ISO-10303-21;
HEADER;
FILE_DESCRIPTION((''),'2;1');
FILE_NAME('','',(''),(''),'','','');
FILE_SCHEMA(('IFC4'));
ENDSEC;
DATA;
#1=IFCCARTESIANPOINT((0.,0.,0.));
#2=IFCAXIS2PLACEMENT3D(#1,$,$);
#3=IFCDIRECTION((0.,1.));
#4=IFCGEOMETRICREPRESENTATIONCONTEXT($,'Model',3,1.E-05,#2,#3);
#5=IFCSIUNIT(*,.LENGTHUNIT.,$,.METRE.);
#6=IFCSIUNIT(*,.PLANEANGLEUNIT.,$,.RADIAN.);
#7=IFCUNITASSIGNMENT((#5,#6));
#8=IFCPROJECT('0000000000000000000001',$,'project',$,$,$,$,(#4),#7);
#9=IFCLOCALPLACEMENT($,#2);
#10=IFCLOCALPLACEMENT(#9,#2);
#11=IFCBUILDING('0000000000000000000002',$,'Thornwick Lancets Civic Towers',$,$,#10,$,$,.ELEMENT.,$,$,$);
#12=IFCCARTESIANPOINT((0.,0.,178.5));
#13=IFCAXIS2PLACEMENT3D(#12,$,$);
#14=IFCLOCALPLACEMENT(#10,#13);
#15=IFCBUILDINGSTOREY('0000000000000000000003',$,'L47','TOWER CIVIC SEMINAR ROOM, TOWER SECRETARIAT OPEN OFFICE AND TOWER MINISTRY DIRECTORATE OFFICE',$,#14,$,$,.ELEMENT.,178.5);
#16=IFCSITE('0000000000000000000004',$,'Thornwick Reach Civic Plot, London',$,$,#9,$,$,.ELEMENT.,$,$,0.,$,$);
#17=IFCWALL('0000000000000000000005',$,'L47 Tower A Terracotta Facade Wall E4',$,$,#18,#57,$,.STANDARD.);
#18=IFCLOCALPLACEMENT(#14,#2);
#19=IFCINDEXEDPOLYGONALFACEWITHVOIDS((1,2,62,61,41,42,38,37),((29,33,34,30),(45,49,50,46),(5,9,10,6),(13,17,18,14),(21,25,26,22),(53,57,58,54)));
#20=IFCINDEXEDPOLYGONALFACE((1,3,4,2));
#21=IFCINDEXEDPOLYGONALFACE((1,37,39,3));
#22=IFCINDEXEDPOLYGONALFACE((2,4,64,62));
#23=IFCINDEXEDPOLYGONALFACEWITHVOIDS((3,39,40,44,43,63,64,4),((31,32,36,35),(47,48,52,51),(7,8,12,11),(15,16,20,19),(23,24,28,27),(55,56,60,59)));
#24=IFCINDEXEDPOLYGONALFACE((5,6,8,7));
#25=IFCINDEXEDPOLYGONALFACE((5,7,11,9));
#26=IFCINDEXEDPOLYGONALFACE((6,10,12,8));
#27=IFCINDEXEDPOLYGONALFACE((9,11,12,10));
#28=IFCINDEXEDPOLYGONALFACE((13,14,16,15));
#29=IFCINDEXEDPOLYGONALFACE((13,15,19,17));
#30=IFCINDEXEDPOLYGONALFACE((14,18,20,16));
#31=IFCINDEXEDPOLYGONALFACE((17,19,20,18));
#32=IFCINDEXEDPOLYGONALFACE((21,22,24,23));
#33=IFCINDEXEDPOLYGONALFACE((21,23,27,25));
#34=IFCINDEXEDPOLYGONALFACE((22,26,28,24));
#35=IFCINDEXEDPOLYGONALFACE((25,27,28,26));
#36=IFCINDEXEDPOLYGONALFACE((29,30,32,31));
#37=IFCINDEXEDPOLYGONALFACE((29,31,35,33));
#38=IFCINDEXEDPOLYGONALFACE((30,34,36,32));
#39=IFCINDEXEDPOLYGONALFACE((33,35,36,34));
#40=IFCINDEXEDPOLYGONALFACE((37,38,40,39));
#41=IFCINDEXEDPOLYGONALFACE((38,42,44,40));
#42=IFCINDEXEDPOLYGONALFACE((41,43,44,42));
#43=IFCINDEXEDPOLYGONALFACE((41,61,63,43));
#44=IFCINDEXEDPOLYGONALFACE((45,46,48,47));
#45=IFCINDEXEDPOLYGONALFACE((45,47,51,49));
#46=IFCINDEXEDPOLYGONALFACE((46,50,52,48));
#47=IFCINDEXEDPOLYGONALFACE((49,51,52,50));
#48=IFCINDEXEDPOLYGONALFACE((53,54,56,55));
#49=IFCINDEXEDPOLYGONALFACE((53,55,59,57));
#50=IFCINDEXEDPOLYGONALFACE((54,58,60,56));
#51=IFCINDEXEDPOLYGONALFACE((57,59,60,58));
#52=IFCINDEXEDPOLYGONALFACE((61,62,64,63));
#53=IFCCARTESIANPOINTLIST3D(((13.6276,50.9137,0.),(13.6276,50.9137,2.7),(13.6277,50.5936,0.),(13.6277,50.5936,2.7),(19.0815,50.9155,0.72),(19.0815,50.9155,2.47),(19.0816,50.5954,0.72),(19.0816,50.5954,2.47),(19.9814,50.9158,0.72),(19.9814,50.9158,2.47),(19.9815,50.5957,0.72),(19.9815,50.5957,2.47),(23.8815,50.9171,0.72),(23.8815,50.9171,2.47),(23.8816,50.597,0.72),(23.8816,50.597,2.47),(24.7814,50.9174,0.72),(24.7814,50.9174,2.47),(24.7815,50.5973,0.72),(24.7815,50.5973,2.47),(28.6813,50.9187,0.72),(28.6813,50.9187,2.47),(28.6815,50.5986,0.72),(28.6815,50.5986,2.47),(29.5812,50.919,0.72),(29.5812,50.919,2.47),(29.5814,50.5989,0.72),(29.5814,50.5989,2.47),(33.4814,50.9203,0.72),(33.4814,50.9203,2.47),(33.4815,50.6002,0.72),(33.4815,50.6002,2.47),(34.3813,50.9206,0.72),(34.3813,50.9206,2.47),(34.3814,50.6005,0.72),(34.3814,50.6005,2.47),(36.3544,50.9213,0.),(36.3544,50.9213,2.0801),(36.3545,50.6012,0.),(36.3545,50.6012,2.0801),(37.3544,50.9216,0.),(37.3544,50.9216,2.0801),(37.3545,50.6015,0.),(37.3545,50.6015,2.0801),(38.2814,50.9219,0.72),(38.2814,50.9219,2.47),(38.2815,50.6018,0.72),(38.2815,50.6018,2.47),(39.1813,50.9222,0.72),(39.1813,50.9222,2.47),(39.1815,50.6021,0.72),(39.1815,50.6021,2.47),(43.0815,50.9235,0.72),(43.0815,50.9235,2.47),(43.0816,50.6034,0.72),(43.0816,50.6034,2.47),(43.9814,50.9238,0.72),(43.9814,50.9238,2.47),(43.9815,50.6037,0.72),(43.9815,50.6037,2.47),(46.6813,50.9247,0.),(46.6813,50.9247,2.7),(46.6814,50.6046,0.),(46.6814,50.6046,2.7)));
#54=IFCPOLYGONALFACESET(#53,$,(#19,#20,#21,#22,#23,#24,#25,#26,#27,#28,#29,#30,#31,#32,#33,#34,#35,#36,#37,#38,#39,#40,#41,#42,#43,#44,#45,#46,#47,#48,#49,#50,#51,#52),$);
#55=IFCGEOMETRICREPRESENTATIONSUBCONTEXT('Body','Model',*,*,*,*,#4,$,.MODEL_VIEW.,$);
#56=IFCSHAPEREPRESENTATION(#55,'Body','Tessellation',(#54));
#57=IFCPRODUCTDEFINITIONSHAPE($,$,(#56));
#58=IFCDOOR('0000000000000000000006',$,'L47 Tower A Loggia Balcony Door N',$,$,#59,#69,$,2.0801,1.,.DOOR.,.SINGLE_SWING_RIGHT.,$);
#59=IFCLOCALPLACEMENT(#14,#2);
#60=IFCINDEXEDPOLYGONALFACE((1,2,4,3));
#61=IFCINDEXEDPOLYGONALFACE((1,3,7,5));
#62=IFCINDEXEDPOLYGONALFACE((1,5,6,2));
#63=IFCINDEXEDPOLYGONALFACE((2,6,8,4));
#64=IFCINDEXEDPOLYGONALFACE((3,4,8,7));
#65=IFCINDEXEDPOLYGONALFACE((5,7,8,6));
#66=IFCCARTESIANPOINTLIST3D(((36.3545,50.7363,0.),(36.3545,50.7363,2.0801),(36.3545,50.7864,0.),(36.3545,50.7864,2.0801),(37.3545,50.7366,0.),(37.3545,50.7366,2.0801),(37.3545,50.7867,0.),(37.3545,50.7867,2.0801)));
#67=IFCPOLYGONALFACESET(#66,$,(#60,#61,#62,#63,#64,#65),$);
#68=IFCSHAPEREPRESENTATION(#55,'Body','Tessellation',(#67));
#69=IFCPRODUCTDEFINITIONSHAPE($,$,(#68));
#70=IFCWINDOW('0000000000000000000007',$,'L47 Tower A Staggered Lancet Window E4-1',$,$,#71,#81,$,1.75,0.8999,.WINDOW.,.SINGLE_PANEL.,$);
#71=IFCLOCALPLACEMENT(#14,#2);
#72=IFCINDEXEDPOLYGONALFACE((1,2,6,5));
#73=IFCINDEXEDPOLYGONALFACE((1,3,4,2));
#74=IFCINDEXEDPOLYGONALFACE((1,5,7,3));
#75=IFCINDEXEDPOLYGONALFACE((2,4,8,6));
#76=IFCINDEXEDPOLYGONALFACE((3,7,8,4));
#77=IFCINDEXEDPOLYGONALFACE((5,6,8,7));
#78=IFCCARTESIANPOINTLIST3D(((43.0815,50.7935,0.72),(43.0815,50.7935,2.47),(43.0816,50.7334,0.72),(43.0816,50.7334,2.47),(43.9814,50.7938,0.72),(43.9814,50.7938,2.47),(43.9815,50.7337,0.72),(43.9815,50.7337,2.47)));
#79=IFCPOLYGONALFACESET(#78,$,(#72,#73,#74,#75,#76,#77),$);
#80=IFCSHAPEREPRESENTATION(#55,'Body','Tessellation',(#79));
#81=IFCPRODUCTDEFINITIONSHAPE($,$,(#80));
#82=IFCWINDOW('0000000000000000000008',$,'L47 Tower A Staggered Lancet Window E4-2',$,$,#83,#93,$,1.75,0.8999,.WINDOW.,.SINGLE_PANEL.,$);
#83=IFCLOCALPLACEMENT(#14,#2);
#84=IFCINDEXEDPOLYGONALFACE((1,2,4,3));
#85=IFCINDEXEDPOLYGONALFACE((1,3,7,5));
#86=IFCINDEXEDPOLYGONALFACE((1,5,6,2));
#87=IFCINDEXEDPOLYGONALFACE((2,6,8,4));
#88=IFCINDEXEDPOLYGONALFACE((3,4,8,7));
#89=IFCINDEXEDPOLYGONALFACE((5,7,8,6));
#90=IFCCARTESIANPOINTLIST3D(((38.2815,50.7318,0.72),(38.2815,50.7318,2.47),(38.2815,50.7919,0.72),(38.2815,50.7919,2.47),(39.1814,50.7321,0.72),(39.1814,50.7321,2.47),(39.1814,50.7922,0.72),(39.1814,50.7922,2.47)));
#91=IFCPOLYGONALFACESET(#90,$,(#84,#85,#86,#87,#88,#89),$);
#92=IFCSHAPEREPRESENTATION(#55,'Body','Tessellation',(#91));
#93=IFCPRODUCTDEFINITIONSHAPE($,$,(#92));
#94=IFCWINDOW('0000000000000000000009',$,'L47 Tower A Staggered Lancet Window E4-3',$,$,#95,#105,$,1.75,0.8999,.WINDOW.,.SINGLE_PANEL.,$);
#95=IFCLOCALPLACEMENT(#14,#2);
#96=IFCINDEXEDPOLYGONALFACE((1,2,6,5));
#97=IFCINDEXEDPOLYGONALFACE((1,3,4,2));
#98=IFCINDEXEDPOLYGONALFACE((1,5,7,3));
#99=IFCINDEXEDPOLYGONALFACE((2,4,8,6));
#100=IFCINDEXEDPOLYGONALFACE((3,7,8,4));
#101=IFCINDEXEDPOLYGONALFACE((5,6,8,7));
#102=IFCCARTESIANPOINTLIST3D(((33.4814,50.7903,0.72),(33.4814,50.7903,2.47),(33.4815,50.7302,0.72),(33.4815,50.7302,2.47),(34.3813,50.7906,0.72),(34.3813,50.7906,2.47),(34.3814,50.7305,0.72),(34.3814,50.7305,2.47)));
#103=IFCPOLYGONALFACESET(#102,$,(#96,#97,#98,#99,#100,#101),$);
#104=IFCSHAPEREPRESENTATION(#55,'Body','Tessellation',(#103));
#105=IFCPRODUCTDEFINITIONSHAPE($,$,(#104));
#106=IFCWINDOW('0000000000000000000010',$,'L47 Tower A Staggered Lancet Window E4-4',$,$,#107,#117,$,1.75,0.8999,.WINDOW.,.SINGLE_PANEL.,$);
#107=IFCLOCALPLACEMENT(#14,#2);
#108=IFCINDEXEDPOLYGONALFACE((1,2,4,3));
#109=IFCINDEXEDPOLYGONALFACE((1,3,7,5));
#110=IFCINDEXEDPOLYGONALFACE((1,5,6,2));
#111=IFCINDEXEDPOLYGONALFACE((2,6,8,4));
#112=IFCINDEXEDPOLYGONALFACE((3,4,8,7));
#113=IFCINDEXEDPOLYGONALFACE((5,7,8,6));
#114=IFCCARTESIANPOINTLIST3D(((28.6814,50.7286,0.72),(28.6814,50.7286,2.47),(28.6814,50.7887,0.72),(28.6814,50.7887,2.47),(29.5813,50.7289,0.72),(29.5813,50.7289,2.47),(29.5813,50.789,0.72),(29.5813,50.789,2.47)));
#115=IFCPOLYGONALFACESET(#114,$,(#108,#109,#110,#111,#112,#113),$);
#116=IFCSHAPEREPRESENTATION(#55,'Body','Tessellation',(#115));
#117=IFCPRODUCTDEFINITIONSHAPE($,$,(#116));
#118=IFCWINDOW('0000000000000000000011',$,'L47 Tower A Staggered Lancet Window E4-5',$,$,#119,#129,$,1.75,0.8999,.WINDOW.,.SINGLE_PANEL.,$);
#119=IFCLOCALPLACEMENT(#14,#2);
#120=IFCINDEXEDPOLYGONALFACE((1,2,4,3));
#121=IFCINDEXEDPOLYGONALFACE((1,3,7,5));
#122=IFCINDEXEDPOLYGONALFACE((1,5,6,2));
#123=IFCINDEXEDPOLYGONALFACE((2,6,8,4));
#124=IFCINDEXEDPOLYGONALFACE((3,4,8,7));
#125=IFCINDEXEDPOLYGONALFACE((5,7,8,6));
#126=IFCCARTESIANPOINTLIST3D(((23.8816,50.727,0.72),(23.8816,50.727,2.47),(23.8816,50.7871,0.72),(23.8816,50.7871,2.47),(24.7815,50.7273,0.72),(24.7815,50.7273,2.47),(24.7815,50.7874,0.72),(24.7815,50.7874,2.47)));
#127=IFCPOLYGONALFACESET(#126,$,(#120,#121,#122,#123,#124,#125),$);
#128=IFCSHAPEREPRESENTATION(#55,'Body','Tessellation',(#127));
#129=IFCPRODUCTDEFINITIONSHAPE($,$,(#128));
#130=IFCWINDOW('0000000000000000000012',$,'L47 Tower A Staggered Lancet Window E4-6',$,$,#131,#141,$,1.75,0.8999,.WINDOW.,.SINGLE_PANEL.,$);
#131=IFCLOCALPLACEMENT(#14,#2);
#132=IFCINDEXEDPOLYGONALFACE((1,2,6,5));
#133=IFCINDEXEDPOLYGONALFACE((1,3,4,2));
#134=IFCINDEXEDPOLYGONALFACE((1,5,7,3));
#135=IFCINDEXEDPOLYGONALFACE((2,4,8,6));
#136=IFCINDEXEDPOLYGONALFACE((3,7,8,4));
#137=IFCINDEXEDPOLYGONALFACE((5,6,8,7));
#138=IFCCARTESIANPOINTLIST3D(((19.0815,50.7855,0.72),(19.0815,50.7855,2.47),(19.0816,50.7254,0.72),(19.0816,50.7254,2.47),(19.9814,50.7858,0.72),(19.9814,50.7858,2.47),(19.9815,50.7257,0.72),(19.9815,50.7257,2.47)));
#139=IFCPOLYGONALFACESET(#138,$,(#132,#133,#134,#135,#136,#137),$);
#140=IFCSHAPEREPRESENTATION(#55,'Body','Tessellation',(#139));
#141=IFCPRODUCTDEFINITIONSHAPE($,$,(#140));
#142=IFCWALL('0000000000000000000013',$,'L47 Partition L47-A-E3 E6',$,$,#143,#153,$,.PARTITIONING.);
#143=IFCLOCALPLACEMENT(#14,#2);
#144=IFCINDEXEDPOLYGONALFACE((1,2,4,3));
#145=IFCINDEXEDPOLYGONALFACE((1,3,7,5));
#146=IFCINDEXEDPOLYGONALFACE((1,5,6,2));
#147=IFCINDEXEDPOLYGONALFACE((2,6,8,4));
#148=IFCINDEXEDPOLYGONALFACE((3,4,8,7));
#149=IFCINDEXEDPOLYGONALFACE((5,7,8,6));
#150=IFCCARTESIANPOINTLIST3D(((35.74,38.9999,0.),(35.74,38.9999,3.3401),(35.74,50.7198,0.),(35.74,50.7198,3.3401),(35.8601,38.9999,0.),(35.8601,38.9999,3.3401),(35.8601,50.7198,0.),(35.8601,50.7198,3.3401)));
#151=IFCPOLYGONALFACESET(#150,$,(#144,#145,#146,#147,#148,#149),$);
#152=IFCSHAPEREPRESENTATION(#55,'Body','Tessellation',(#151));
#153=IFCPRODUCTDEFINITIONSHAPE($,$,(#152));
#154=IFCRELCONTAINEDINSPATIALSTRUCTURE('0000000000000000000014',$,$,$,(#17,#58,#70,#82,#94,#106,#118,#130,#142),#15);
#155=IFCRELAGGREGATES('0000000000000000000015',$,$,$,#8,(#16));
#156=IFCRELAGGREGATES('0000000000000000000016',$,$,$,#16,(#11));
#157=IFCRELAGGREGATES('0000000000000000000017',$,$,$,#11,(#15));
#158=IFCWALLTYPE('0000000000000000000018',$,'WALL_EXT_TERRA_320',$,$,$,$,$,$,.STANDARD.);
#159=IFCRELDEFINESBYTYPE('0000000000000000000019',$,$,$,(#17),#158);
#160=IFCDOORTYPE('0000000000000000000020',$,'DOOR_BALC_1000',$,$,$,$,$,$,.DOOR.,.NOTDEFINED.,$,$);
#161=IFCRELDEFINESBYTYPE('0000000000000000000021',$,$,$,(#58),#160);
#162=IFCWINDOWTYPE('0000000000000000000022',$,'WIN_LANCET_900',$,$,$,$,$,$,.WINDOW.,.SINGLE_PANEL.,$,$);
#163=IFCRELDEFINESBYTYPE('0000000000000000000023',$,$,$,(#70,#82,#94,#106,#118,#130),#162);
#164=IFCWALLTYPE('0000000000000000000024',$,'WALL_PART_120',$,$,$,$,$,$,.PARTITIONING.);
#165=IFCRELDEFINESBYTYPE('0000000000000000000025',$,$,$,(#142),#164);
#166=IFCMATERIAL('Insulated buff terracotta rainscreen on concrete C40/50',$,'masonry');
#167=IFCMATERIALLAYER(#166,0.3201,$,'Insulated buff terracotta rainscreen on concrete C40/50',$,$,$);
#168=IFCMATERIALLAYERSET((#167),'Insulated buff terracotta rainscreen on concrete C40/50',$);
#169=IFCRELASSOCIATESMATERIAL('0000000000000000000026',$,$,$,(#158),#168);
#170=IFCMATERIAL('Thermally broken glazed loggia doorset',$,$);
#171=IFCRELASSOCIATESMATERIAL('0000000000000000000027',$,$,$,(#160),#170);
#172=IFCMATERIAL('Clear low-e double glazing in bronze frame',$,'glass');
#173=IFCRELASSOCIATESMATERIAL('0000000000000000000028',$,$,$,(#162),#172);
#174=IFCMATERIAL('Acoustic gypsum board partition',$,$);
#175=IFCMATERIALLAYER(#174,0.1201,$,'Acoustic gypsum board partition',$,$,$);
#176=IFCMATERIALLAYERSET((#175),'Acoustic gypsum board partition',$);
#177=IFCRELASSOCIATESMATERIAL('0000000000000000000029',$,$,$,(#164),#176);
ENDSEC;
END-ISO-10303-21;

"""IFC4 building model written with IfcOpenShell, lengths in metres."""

from ifc_helpers import new_model, si_unit, direction, frame, frame_2d, origin, place, context, subcontext, project, spatial, rectangle, extrude, material, layer, layer_set, type_object, element, fill, save


model = new_model("IFC4")

# Units and contexts
model_context = context("Model", 3, precision=1e-05, world=origin(), true_north=direction((0.0, 1.0)))
body_context = subcontext(model_context, "Body", "Model", "MODEL_VIEW")
ifc_project = project(units=[si_unit("LENGTHUNIT", "METRE"), si_unit("PLANEANGLEUNIT", "RADIAN")], contexts=[model_context])

# Site, building, storey
site_placement = place(None, origin())
site = spatial("IfcSite", under=ifc_project, at=site_placement, Name="Thornwick Reach Civic Plot, London", CompositionType="ELEMENT", RefElevation=0.0)
building_placement = place(site_placement, origin())
building = spatial("IfcBuilding", under=site, at=building_placement, Name="Thornwick Lancets Civic Towers", CompositionType="ELEMENT")
storey_placement = place(building_placement, frame((0.0, 0.0, 178.5)))
storey = spatial("IfcBuildingStorey", under=building, at=storey_placement, Name="L47", Description="TOWER CIVIC SEMINAR ROOM, TOWER SECRETARIAT OPEN OFFICE AND TOWER MINISTRY DIRECTORATE OFFICE", CompositionType="ELEMENT", Elevation=178.5)

# Wall, openings, door, windows
ifc_material_1 = material(Name="Insulated buff terracotta rainscreen on concrete C40/50", Category="masonry")
ifc_layer_1 = layer(ifc_material_1, 0.3201, Name="Insulated buff terracotta rainscreen on concrete C40/50")
ifc_layer_set_1 = layer_set([ifc_layer_1], Name="Insulated buff terracotta rainscreen on concrete C40/50")
wall_type_1 = type_object("IfcWallType", Name="WALL_EXT_TERRA_320", PredefinedType="STANDARD", material=ifc_layer_set_1)
wall_1_placement = place(storey_placement, frame((46.6814, 50.7646, 0.0), z_axis=(0.0, 0.0, 1.0), x_axis=(-1.0, -0.000332, 0.0)))
wall_1 = element("IfcWall", 1, at=wall_1_placement, inside=storey, type_object=wall_type_1, Name="L47 Tower A Terracotta Facade Wall E4", PredefinedType="STANDARD", context=body_context, shape_type="SweptSolid", body=[
    extrude(rectangle(XDim=33.0537, YDim=0.3201, at=frame_2d((16.5269, 0.0))), origin(), (0.0, 0.0, 1.0), 2.7),
])
opening_1_placement = place(wall_1_placement, frame((9.3269, 0.0, 0.0)))
opening_1 = element("IfcOpeningElement", 2, at=opening_1_placement, cuts=wall_1, PredefinedType="OPENING", context=body_context, shape_type="SweptSolid", body=[
    extrude(rectangle(XDim=1.0, YDim=2.0801, at=frame_2d((0.5, 1.04))), frame((0.0, 0.1699, 0.0), z_axis=(0.0, -1.0, 0.0), x_axis=(1.0, 0.0, 0.0)), (0.0, 0.0, 1.0), 0.3401),
])
opening_2_placement = place(wall_1_placement, frame((2.7, 0.0, 0.72)))
opening_2 = element("IfcOpeningElement", 3, at=opening_2_placement, cuts=wall_1, PredefinedType="OPENING", context=body_context, shape_type="SweptSolid", body=[
    extrude(rectangle(XDim=0.8999, YDim=1.75, at=frame_2d((0.45, 0.875))), frame((0.0, 0.1699, 0.0), z_axis=(0.0, -1.0, 0.0), x_axis=(1.0, 0.0, 0.0)), (0.0, 0.0, 1.0), 0.3401),
])
opening_3_placement = place(wall_1_placement, frame((7.5, 0.0, 0.72)))
opening_3 = element("IfcOpeningElement", 4, at=opening_3_placement, cuts=wall_1, PredefinedType="OPENING", context=body_context, shape_type="SweptSolid", body=[
    extrude(rectangle(XDim=0.8999, YDim=1.75, at=frame_2d((0.45, 0.875))), frame((0.0, 0.1699, 0.0), z_axis=(0.0, -1.0, 0.0), x_axis=(1.0, 0.0, 0.0)), (0.0, 0.0, 1.0), 0.3401),
])
opening_4_placement = place(wall_1_placement, frame((12.3, 0.0, 0.72)))
opening_4 = element("IfcOpeningElement", 5, at=opening_4_placement, cuts=wall_1, PredefinedType="OPENING", context=body_context, shape_type="SweptSolid", body=[
    extrude(rectangle(XDim=0.8999, YDim=1.75, at=frame_2d((0.45, 0.875))), frame((0.0, 0.1699, 0.0), z_axis=(0.0, -1.0, 0.0), x_axis=(1.0, 0.0, 0.0)), (0.0, 0.0, 1.0), 0.3401),
])
opening_5_placement = place(wall_1_placement, frame((17.1001, 0.0, 0.72)))
opening_5 = element("IfcOpeningElement", 6, at=opening_5_placement, cuts=wall_1, PredefinedType="OPENING", context=body_context, shape_type="SweptSolid", body=[
    extrude(rectangle(XDim=0.8999, YDim=1.75, at=frame_2d((0.45, 0.875))), frame((0.0, 0.1699, 0.0), z_axis=(0.0, -1.0, 0.0), x_axis=(1.0, 0.0, 0.0)), (0.0, 0.0, 1.0), 0.3401),
])
opening_6_placement = place(wall_1_placement, frame((21.8999, 0.0, 0.72)))
opening_6 = element("IfcOpeningElement", 7, at=opening_6_placement, cuts=wall_1, PredefinedType="OPENING", context=body_context, shape_type="SweptSolid", body=[
    extrude(rectangle(XDim=0.8999, YDim=1.75, at=frame_2d((0.45, 0.875))), frame((0.0, 0.1699, 0.0), z_axis=(0.0, -1.0, 0.0), x_axis=(1.0, 0.0, 0.0)), (0.0, 0.0, 1.0), 0.3401),
])
opening_7_placement = place(wall_1_placement, frame((26.7, 0.0, 0.72)))
opening_7 = element("IfcOpeningElement", 8, at=opening_7_placement, cuts=wall_1, PredefinedType="OPENING", context=body_context, shape_type="SweptSolid", body=[
    extrude(rectangle(XDim=0.8999, YDim=1.75, at=frame_2d((0.45, 0.875))), frame((0.0, 0.1699, 0.0), z_axis=(0.0, -1.0, 0.0), x_axis=(1.0, 0.0, 0.0)), (0.0, 0.0, 1.0), 0.3401),
])
ifc_material_2 = material(Name="Thermally broken glazed loggia doorset")
door_type_1 = type_object("IfcDoorType", Name="DOOR_BALC_1000", OperationType="NOTDEFINED", PredefinedType="DOOR", material=ifc_material_2)
door_1_placement = place(opening_1_placement, origin())
door_1 = element("IfcDoor", 9, at=door_1_placement, inside=storey, type_object=door_type_1, Name="L47 Tower A Loggia Balcony Door N", OperationType="SINGLE_SWING_RIGHT", OverallHeight=2.0801, OverallWidth=1.0, PredefinedType="DOOR", context=body_context, shape_type="SweptSolid", body=[
    extrude(rectangle(XDim=1.0, YDim=2.0801, at=frame_2d((0.5, 1.04))), frame((0.0, 0.0249, 0.0), z_axis=(0.0, -1.0, 0.0), x_axis=(1.0, 0.0, 0.0)), (0.0, 0.0, 1.0), 0.05),
])
fill(opening_1, door_1)
ifc_material_3 = material(Name="Clear low-e double glazing in bronze frame", Category="glass")
window_type = type_object("IfcWindowType", Name="WIN_LANCET_900", PartitioningType="SINGLE_PANEL", PredefinedType="WINDOW", material=ifc_material_3)
window_1_placement = place(opening_2_placement, origin())
window_1 = element("IfcWindow", 10, at=window_1_placement, inside=storey, type_object=window_type, Name="L47 Tower A Staggered Lancet Window E4-1", OverallHeight=1.75, OverallWidth=0.8999, PartitioningType="SINGLE_PANEL", PredefinedType="WINDOW", context=body_context, shape_type="SweptSolid", body=[
    extrude(rectangle(XDim=0.8999, YDim=1.75, at=frame_2d((0.45, 0.875))), frame((0.0, 0.03, 0.0), z_axis=(0.0, -1.0, 0.0), x_axis=(1.0, 0.0, 0.0)), (0.0, 0.0, 1.0), 0.0601),
])
fill(opening_2, window_1)
window_2_placement = place(opening_3_placement, origin())
window_2 = element("IfcWindow", 11, at=window_2_placement, inside=storey, type_object=window_type, Name="L47 Tower A Staggered Lancet Window E4-2", OverallHeight=1.75, OverallWidth=0.8999, PartitioningType="SINGLE_PANEL", PredefinedType="WINDOW", context=body_context, shape_type="SweptSolid", body=[
    extrude(rectangle(XDim=0.8999, YDim=1.75, at=frame_2d((0.45, 0.875))), frame((0.0, 0.03, 0.0), z_axis=(0.0, -1.0, 0.0), x_axis=(1.0, 0.0, 0.0)), (0.0, 0.0, 1.0), 0.0601),
])
fill(opening_3, window_2)
window_3_placement = place(opening_4_placement, origin())
window_3 = element("IfcWindow", 12, at=window_3_placement, inside=storey, type_object=window_type, Name="L47 Tower A Staggered Lancet Window E4-3", OverallHeight=1.75, OverallWidth=0.8999, PartitioningType="SINGLE_PANEL", PredefinedType="WINDOW", context=body_context, shape_type="SweptSolid", body=[
    extrude(rectangle(XDim=0.8999, YDim=1.75, at=frame_2d((0.45, 0.875))), frame((0.0, 0.03, 0.0), z_axis=(0.0, -1.0, 0.0), x_axis=(1.0, 0.0, 0.0)), (0.0, 0.0, 1.0), 0.0601),
])
fill(opening_4, window_3)
window_4_placement = place(opening_5_placement, origin())
window_4 = element("IfcWindow", 13, at=window_4_placement, inside=storey, type_object=window_type, Name="L47 Tower A Staggered Lancet Window E4-4", OverallHeight=1.75, OverallWidth=0.8999, PartitioningType="SINGLE_PANEL", PredefinedType="WINDOW", context=body_context, shape_type="SweptSolid", body=[
    extrude(rectangle(XDim=0.8999, YDim=1.75, at=frame_2d((0.45, 0.875))), frame((0.0, 0.03, 0.0), z_axis=(0.0, -1.0, 0.0), x_axis=(1.0, 0.0, 0.0)), (0.0, 0.0, 1.0), 0.0601),
])
fill(opening_5, window_4)
window_5_placement = place(opening_6_placement, origin())
window_5 = element("IfcWindow", 14, at=window_5_placement, inside=storey, type_object=window_type, Name="L47 Tower A Staggered Lancet Window E4-5", OverallHeight=1.75, OverallWidth=0.8999, PartitioningType="SINGLE_PANEL", PredefinedType="WINDOW", context=body_context, shape_type="SweptSolid", body=[
    extrude(rectangle(XDim=0.8999, YDim=1.75, at=frame_2d((0.45, 0.875))), frame((0.0, 0.03, 0.0), z_axis=(0.0, -1.0, 0.0), x_axis=(1.0, 0.0, 0.0)), (0.0, 0.0, 1.0), 0.0601),
])
fill(opening_6, window_5)
window_6_placement = place(opening_7_placement, origin())
window_6 = element("IfcWindow", 15, at=window_6_placement, inside=storey, type_object=window_type, Name="L47 Tower A Staggered Lancet Window E4-6", OverallHeight=1.75, OverallWidth=0.8999, PartitioningType="SINGLE_PANEL", PredefinedType="WINDOW", context=body_context, shape_type="SweptSolid", body=[
    extrude(rectangle(XDim=0.8999, YDim=1.75, at=frame_2d((0.45, 0.875))), frame((0.0, 0.03, 0.0), z_axis=(0.0, -1.0, 0.0), x_axis=(1.0, 0.0, 0.0)), (0.0, 0.0, 1.0), 0.0601),
])
fill(opening_7, window_6)

# Wall
ifc_material_4 = material(Name="Acoustic gypsum board partition")
ifc_layer_2 = layer(ifc_material_4, 0.1201, Name="Acoustic gypsum board partition")
ifc_layer_set_2 = layer_set([ifc_layer_2], Name="Acoustic gypsum board partition")
wall_type_2 = type_object("IfcWallType", Name="WALL_PART_120", PredefinedType="PARTITIONING", material=ifc_layer_set_2)
wall_2_placement = place(storey_placement, frame((35.8, 39.0, 0.0), z_axis=(0.0, 0.0, 1.0), x_axis=(0.0, 1.0, 0.0)))
element("IfcWall", 16, at=wall_2_placement, inside=storey, type_object=wall_type_2, Name="L47 Partition L47-A-E3 E6", PredefinedType="PARTITIONING", context=body_context, shape_type="SweptSolid", body=[
    extrude(rectangle(XDim=11.72, YDim=0.1201, at=frame_2d((5.8599, 0.0))), origin(), (0.0, 0.0, 1.0), 3.3401),
])

save(model, "model.ifc")
